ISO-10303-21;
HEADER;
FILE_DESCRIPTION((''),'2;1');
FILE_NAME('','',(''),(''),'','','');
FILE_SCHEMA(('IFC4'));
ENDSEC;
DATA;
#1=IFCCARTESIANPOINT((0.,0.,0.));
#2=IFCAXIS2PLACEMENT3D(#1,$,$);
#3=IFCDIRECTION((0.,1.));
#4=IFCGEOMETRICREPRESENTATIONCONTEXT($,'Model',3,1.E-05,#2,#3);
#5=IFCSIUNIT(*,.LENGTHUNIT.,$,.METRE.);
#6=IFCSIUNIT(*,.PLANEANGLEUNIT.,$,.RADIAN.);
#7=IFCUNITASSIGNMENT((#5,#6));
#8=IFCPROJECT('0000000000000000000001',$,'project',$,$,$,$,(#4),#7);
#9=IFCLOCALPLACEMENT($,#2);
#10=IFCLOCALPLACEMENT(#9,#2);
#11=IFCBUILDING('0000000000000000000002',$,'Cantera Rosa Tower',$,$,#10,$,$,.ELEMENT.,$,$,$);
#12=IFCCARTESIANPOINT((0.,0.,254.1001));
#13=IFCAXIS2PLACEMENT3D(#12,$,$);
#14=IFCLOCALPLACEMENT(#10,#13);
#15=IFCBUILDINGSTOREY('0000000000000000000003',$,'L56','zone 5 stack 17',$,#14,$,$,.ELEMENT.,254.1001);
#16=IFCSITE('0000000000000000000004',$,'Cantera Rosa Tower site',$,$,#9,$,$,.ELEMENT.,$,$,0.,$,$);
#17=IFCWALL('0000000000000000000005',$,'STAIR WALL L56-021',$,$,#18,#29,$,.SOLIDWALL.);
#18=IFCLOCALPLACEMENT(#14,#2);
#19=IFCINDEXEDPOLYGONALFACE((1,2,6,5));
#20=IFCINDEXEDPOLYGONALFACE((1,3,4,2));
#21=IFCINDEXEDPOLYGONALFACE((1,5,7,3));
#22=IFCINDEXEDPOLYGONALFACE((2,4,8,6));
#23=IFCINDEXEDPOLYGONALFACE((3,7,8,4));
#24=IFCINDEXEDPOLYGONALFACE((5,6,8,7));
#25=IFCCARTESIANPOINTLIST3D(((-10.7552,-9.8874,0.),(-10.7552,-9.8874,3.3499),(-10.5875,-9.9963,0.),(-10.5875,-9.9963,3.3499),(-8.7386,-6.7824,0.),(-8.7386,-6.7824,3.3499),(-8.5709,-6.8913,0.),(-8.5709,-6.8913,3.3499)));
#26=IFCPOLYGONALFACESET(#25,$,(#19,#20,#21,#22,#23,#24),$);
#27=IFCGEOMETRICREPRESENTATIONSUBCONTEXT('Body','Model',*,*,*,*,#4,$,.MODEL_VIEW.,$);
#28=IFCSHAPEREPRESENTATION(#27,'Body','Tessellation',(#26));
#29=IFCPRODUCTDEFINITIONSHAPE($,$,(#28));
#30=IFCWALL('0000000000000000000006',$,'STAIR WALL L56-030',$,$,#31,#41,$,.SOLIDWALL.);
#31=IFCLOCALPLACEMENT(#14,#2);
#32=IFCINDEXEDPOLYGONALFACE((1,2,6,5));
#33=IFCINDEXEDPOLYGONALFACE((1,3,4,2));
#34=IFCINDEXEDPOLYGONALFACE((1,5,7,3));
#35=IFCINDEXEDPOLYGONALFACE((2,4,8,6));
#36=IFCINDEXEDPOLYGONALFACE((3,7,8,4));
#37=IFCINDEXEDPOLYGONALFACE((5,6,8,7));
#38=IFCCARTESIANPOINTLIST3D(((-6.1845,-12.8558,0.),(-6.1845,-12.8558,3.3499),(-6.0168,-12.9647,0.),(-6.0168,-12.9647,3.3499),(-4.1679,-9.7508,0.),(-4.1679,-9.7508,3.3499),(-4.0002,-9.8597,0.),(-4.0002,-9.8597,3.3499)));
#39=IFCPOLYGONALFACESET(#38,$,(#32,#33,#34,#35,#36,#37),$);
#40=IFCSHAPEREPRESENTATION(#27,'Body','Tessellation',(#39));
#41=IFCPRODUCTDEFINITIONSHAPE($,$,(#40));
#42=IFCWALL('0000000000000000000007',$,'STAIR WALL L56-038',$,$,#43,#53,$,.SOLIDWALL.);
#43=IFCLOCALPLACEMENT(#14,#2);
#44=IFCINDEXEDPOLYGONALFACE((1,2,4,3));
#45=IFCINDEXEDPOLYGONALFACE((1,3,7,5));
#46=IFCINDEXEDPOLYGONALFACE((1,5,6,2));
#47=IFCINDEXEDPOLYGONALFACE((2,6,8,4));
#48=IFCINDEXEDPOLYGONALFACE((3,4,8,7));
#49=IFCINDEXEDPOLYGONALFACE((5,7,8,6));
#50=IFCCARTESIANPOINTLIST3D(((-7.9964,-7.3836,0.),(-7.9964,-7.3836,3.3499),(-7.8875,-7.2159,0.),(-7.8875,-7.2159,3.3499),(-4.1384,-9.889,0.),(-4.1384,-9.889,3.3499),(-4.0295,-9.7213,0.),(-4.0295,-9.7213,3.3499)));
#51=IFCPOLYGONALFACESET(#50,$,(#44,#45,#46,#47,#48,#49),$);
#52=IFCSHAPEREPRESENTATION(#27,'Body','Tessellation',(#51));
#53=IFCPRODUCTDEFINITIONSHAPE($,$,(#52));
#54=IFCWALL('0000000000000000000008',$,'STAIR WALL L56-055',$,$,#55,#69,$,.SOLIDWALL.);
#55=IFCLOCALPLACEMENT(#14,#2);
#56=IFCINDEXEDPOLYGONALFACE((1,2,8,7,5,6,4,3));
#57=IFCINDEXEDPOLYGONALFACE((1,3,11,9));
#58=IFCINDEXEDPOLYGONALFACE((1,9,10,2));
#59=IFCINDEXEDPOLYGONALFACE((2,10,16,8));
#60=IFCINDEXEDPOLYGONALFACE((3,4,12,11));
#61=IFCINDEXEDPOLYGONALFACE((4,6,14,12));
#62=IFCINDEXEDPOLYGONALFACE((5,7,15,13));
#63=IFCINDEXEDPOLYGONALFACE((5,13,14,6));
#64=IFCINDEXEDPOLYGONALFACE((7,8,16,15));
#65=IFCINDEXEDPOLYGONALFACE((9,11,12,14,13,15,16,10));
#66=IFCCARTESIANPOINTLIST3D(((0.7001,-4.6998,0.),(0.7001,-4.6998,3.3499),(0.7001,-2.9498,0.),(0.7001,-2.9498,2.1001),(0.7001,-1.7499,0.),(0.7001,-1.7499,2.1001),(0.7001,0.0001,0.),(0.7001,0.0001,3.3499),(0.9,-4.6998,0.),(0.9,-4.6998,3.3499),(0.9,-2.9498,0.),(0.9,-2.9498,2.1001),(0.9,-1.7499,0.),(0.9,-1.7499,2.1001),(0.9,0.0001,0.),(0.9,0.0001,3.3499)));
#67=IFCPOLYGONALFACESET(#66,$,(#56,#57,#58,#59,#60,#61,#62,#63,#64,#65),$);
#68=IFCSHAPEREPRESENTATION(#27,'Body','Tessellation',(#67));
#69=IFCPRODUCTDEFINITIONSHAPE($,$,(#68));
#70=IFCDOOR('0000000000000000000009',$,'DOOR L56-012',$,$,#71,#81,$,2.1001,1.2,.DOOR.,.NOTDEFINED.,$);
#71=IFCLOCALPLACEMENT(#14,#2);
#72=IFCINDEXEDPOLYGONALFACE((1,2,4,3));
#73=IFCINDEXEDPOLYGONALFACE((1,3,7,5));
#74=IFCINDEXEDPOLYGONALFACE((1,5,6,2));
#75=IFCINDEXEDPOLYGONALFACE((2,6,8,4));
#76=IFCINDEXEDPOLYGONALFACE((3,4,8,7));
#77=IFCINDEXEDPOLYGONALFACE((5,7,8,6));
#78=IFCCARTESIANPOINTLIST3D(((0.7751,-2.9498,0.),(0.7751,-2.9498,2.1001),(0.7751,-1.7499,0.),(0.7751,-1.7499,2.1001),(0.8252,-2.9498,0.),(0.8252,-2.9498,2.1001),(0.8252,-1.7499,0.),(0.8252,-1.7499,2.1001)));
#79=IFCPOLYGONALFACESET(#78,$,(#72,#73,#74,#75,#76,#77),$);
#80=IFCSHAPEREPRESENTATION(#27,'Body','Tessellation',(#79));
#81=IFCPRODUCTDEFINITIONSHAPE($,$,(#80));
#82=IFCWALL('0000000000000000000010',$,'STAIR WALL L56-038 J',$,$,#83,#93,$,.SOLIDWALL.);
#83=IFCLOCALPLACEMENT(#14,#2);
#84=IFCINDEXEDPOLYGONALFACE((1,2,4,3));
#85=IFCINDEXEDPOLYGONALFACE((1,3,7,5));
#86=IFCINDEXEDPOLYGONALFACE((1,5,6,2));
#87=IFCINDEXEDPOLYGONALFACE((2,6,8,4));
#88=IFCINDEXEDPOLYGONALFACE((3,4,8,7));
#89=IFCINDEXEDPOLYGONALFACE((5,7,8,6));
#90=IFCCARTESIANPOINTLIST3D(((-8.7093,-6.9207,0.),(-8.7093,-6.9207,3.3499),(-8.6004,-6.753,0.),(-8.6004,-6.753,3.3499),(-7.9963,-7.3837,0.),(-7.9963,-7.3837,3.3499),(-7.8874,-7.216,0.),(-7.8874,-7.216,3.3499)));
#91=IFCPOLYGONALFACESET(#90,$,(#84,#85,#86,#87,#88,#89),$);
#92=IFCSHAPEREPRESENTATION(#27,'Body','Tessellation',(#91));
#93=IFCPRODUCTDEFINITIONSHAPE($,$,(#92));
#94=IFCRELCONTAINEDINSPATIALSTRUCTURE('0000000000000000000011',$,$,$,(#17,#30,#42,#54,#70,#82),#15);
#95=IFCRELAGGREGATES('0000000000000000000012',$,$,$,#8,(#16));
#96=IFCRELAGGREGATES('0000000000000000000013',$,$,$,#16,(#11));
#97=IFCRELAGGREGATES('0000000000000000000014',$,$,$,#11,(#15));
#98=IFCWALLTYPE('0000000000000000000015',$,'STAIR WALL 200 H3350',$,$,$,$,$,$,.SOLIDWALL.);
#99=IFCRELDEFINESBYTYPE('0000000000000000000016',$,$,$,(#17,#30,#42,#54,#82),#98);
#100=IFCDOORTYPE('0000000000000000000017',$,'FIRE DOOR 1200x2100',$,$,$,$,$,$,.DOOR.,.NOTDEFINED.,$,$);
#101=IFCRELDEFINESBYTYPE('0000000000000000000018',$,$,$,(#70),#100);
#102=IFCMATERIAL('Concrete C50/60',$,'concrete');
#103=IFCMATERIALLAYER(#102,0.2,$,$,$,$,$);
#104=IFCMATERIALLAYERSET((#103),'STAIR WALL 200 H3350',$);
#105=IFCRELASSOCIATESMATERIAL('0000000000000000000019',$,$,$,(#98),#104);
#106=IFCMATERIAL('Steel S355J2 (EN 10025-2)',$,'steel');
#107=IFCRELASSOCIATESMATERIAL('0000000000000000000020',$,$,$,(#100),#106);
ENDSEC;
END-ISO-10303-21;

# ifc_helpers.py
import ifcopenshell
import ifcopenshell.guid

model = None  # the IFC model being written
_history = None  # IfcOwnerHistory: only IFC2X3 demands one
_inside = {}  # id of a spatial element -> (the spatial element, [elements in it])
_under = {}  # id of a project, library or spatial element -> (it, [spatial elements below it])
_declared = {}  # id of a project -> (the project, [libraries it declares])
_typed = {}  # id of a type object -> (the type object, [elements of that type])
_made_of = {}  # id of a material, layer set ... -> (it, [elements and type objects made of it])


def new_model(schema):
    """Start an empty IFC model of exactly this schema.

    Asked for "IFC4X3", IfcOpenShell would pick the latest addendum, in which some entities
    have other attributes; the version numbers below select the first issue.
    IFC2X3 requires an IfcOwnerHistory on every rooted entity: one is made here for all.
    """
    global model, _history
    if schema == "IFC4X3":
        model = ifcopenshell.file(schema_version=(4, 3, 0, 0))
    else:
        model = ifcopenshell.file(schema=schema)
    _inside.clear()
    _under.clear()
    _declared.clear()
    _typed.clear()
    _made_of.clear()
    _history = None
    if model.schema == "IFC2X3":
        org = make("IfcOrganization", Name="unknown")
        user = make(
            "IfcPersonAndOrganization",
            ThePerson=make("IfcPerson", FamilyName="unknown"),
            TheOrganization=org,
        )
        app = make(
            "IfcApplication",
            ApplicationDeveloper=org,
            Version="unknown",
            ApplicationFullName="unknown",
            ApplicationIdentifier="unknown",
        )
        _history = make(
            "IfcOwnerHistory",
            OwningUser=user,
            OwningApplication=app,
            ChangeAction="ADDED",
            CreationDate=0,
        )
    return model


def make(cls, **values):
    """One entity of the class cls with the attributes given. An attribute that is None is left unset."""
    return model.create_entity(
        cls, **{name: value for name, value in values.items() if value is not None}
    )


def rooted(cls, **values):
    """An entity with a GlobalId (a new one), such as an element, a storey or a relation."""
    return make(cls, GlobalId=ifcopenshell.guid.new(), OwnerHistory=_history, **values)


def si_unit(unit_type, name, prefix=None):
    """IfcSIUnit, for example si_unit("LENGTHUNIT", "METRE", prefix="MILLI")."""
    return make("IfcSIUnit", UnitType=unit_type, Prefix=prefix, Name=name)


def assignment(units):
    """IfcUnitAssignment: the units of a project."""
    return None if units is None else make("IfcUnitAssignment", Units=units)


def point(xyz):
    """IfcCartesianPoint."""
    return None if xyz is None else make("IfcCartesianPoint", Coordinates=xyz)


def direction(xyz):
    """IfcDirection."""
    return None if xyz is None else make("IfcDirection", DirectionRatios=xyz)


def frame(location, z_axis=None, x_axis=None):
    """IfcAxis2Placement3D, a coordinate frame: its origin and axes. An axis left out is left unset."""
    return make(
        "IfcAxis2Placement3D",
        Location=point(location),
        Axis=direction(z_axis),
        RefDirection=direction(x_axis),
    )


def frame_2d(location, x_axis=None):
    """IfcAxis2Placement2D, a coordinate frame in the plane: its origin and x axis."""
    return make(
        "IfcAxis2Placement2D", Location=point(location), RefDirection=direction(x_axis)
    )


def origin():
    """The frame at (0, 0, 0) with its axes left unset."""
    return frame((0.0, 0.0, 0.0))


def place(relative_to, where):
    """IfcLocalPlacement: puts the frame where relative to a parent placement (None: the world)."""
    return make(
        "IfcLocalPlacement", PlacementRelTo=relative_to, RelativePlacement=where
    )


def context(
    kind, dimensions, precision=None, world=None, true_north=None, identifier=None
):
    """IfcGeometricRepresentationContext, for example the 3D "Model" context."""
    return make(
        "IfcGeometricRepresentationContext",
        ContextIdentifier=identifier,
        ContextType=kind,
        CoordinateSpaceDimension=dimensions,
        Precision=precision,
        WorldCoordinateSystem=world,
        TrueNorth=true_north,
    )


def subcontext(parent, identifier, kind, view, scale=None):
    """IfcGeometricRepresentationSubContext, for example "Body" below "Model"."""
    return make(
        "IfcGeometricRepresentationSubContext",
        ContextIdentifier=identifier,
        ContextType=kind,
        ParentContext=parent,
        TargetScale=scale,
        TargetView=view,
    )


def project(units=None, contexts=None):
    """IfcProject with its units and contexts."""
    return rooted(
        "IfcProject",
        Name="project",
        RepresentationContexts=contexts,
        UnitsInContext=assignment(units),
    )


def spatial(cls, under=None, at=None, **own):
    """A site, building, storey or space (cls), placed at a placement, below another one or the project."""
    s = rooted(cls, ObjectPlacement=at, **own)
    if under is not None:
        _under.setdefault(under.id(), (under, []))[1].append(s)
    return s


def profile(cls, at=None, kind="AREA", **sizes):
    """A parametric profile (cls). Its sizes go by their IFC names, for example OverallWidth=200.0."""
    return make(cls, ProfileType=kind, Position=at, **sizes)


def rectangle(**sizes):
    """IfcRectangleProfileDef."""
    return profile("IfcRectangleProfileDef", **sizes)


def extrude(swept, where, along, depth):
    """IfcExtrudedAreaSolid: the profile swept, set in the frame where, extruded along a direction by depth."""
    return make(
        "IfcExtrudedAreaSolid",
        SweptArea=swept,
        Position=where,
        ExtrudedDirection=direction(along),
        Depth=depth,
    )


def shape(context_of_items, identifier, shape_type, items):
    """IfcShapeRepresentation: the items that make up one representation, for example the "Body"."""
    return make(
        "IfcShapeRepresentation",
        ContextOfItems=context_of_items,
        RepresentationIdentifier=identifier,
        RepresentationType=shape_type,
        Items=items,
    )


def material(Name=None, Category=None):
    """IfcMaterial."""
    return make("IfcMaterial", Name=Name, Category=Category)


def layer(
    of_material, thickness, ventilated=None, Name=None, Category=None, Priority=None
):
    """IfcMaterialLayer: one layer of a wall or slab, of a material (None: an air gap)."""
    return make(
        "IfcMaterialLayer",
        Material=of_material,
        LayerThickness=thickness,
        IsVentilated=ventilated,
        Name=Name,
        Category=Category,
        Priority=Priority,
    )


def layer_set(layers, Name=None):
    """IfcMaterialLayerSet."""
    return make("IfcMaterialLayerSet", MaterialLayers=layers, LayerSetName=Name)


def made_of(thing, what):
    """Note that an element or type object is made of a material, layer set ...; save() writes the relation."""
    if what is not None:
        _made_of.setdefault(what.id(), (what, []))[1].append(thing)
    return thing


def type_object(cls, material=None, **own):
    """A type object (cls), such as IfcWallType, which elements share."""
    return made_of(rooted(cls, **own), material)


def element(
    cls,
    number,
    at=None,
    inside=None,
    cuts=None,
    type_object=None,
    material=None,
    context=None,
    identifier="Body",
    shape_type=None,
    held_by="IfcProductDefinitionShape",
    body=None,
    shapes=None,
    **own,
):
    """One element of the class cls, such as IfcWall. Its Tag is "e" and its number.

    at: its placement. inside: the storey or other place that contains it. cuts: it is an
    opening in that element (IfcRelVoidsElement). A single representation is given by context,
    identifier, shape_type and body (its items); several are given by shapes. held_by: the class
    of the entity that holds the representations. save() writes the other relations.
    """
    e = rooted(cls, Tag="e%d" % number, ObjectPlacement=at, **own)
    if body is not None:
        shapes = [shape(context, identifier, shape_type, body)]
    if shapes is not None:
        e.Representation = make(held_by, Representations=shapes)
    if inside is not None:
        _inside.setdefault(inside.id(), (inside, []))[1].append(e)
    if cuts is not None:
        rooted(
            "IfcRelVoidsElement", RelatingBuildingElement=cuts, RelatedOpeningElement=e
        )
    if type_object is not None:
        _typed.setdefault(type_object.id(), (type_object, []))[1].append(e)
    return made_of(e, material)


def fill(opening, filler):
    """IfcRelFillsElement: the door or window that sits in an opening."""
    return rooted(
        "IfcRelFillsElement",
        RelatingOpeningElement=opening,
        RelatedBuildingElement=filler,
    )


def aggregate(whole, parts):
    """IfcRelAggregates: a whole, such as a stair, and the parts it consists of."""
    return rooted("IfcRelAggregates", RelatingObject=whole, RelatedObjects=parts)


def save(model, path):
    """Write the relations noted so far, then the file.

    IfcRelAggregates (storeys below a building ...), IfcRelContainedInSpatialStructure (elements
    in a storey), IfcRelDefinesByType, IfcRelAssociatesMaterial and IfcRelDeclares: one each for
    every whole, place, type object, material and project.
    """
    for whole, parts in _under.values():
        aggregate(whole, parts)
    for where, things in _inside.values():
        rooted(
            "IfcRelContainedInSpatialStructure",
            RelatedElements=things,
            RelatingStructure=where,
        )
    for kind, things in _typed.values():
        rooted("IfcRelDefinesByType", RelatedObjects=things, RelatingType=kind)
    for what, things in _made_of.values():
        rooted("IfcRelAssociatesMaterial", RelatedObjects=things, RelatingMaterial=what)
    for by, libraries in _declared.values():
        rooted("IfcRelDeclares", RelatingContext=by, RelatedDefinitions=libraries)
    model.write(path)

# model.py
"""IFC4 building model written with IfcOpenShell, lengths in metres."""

from ifc_helpers import new_model, si_unit, direction, frame, frame_2d, origin, place, context, subcontext, project, spatial, rectangle, extrude, material, layer, layer_set, type_object, element, fill, save


model = new_model("IFC4")

# Units and contexts
model_context = context("Model", 3, precision=1e-05, world=origin(), true_north=direction((0.0, 1.0)))
body_context = subcontext(model_context, "Body", "Model", "MODEL_VIEW")
ifc_project = project(units=[si_unit("LENGTHUNIT", "METRE"), si_unit("PLANEANGLEUNIT", "RADIAN")], contexts=[model_context])

# Site, building, storey
site_placement = place(None, origin())
site = spatial("IfcSite", under=ifc_project, at=site_placement, Name="Cantera Rosa Tower site", CompositionType="ELEMENT", RefElevation=0.0)
building_placement = place(site_placement, origin())
building = spatial("IfcBuilding", under=site, at=building_placement, Name="Cantera Rosa Tower", CompositionType="ELEMENT")
storey_placement = place(building_placement, frame((0.0, 0.0, 254.1001)))
storey = spatial("IfcBuildingStorey", under=building, at=storey_placement, Name="L56", Description="zone 5 stack 17", CompositionType="ELEMENT", Elevation=254.1001)

# Walls
ifc_material_1 = material(Name="Concrete C50/60", Category="concrete")
ifc_layer_1 = layer(ifc_material_1, 0.2)
ifc_layer_set_1 = layer_set([ifc_layer_1], Name="STAIR WALL 200 H3350")
wall_type_1 = type_object("IfcWallType", Name="STAIR WALL 200 H3350", PredefinedType="SOLIDWALL", material=ifc_layer_set_1)
for number, where, z_axis, x_axis, name in (
    (1, (-8.6548, -6.8369, 0.0), (0.0, 0.0, 1.0), (-0.544678, -0.838645, 0.0), "STAIR WALL L56-021"),
    (2, (-6.1006, -12.9102, 0.0), (0.0, 0.0, 1.0), (0.544678, 0.838645, 0.0), "STAIR WALL L56-030"),
):
    element("IfcWall", number, at=place(storey_placement, frame(where, z_axis=z_axis, x_axis=x_axis)), inside=storey, type_object=wall_type_1, Name=name, PredefinedType="SOLIDWALL", context=body_context, shape_type="SweptSolid", body=[
        extrude(rectangle(XDim=3.7024, YDim=0.2, at=frame_2d((1.8511, 0.0))), origin(), (0.0, 0.0, 1.0), 3.3499),
    ])
wall_1_placement = place(storey_placement, frame((-4.084, -9.8052, 0.0), z_axis=(0.0, 0.0, 1.0), x_axis=(-0.838669, 0.544641, 0.0)))
element("IfcWall", 3, at=wall_1_placement, inside=storey, type_object=wall_type_1, Name="STAIR WALL L56-038", PredefinedType="SOLIDWALL", context=body_context, shape_type="SweptSolid", body=[
    extrude(rectangle(XDim=4.6001, YDim=0.2, at=frame_2d((2.3, 0.0))), origin(), (0.0, 0.0, 1.0), 3.3499),
])

# Wall, opening, door
wall_2_placement = place(storey_placement, frame((0.8, -4.7, 0.0), z_axis=(0.0, 0.0, 1.0), x_axis=(0.0, 1.0, 0.0)))
wall_2 = element("IfcWall", 4, at=wall_2_placement, inside=storey, type_object=wall_type_1, Name="STAIR WALL L56-055", PredefinedType="SOLIDWALL", context=body_context, shape_type="SweptSolid", body=[
    extrude(rectangle(XDim=4.7, YDim=0.2, at=frame_2d((2.3501, 0.0))), origin(), (0.0, 0.0, 1.0), 3.3499),
])
opening_1_placement = place(wall_2_placement, frame((1.75, 0.0, 0.0)))
opening_1 = element("IfcOpeningElement", 5, at=opening_1_placement, cuts=wall_2, PredefinedType="OPENING", context=body_context, shape_type="SweptSolid", body=[
    extrude(rectangle(XDim=1.2, YDim=2.1001, at=frame_2d((0.6001, 1.05))), frame((0.0, 0.1099, 0.0), z_axis=(0.0, -1.0, 0.0), x_axis=(1.0, 0.0, 0.0)), (0.0, 0.0, 1.0), 0.22),
])
ifc_material_2 = material(Name="Steel S355J2 (EN 10025-2)", Category="steel")
door_type_1 = type_object("IfcDoorType", Name="FIRE DOOR 1200x2100", OperationType="NOTDEFINED", PredefinedType="DOOR", material=ifc_material_2)
door_1_placement = place(opening_1_placement, origin())
door_1 = element("IfcDoor", 6, at=door_1_placement, inside=storey, type_object=door_type_1, Name="DOOR L56-012", OperationType="NOTDEFINED", OverallHeight=2.1001, OverallWidth=1.2, PredefinedType="DOOR", context=body_context, shape_type="SweptSolid", body=[
    extrude(rectangle(XDim=1.2, YDim=2.1001, at=frame_2d((0.6001, 1.05))), frame((0.0, 0.0249, 0.0), z_axis=(0.0, -1.0, 0.0), x_axis=(1.0, 0.0, 0.0)), (0.0, 0.0, 1.0), 0.05),
])
fill(opening_1, door_1)

# Wall
wall_3_placement = place(storey_placement, frame((-7.9419, -7.2998, 0.0), z_axis=(0.0, 0.0, 1.0), x_axis=(-0.838706, 0.544584, 0.0)))
element("IfcWall", 7, at=wall_3_placement, inside=storey, type_object=wall_type_1, Name="STAIR WALL L56-038 J", PredefinedType="SOLIDWALL", context=body_context, shape_type="SweptSolid", body=[
    extrude(rectangle(XDim=0.8501, YDim=0.2, at=frame_2d((0.425, 0.0))), origin(), (0.0, 0.0, 1.0), 3.3499),
])

save(model, "model.ifc")
